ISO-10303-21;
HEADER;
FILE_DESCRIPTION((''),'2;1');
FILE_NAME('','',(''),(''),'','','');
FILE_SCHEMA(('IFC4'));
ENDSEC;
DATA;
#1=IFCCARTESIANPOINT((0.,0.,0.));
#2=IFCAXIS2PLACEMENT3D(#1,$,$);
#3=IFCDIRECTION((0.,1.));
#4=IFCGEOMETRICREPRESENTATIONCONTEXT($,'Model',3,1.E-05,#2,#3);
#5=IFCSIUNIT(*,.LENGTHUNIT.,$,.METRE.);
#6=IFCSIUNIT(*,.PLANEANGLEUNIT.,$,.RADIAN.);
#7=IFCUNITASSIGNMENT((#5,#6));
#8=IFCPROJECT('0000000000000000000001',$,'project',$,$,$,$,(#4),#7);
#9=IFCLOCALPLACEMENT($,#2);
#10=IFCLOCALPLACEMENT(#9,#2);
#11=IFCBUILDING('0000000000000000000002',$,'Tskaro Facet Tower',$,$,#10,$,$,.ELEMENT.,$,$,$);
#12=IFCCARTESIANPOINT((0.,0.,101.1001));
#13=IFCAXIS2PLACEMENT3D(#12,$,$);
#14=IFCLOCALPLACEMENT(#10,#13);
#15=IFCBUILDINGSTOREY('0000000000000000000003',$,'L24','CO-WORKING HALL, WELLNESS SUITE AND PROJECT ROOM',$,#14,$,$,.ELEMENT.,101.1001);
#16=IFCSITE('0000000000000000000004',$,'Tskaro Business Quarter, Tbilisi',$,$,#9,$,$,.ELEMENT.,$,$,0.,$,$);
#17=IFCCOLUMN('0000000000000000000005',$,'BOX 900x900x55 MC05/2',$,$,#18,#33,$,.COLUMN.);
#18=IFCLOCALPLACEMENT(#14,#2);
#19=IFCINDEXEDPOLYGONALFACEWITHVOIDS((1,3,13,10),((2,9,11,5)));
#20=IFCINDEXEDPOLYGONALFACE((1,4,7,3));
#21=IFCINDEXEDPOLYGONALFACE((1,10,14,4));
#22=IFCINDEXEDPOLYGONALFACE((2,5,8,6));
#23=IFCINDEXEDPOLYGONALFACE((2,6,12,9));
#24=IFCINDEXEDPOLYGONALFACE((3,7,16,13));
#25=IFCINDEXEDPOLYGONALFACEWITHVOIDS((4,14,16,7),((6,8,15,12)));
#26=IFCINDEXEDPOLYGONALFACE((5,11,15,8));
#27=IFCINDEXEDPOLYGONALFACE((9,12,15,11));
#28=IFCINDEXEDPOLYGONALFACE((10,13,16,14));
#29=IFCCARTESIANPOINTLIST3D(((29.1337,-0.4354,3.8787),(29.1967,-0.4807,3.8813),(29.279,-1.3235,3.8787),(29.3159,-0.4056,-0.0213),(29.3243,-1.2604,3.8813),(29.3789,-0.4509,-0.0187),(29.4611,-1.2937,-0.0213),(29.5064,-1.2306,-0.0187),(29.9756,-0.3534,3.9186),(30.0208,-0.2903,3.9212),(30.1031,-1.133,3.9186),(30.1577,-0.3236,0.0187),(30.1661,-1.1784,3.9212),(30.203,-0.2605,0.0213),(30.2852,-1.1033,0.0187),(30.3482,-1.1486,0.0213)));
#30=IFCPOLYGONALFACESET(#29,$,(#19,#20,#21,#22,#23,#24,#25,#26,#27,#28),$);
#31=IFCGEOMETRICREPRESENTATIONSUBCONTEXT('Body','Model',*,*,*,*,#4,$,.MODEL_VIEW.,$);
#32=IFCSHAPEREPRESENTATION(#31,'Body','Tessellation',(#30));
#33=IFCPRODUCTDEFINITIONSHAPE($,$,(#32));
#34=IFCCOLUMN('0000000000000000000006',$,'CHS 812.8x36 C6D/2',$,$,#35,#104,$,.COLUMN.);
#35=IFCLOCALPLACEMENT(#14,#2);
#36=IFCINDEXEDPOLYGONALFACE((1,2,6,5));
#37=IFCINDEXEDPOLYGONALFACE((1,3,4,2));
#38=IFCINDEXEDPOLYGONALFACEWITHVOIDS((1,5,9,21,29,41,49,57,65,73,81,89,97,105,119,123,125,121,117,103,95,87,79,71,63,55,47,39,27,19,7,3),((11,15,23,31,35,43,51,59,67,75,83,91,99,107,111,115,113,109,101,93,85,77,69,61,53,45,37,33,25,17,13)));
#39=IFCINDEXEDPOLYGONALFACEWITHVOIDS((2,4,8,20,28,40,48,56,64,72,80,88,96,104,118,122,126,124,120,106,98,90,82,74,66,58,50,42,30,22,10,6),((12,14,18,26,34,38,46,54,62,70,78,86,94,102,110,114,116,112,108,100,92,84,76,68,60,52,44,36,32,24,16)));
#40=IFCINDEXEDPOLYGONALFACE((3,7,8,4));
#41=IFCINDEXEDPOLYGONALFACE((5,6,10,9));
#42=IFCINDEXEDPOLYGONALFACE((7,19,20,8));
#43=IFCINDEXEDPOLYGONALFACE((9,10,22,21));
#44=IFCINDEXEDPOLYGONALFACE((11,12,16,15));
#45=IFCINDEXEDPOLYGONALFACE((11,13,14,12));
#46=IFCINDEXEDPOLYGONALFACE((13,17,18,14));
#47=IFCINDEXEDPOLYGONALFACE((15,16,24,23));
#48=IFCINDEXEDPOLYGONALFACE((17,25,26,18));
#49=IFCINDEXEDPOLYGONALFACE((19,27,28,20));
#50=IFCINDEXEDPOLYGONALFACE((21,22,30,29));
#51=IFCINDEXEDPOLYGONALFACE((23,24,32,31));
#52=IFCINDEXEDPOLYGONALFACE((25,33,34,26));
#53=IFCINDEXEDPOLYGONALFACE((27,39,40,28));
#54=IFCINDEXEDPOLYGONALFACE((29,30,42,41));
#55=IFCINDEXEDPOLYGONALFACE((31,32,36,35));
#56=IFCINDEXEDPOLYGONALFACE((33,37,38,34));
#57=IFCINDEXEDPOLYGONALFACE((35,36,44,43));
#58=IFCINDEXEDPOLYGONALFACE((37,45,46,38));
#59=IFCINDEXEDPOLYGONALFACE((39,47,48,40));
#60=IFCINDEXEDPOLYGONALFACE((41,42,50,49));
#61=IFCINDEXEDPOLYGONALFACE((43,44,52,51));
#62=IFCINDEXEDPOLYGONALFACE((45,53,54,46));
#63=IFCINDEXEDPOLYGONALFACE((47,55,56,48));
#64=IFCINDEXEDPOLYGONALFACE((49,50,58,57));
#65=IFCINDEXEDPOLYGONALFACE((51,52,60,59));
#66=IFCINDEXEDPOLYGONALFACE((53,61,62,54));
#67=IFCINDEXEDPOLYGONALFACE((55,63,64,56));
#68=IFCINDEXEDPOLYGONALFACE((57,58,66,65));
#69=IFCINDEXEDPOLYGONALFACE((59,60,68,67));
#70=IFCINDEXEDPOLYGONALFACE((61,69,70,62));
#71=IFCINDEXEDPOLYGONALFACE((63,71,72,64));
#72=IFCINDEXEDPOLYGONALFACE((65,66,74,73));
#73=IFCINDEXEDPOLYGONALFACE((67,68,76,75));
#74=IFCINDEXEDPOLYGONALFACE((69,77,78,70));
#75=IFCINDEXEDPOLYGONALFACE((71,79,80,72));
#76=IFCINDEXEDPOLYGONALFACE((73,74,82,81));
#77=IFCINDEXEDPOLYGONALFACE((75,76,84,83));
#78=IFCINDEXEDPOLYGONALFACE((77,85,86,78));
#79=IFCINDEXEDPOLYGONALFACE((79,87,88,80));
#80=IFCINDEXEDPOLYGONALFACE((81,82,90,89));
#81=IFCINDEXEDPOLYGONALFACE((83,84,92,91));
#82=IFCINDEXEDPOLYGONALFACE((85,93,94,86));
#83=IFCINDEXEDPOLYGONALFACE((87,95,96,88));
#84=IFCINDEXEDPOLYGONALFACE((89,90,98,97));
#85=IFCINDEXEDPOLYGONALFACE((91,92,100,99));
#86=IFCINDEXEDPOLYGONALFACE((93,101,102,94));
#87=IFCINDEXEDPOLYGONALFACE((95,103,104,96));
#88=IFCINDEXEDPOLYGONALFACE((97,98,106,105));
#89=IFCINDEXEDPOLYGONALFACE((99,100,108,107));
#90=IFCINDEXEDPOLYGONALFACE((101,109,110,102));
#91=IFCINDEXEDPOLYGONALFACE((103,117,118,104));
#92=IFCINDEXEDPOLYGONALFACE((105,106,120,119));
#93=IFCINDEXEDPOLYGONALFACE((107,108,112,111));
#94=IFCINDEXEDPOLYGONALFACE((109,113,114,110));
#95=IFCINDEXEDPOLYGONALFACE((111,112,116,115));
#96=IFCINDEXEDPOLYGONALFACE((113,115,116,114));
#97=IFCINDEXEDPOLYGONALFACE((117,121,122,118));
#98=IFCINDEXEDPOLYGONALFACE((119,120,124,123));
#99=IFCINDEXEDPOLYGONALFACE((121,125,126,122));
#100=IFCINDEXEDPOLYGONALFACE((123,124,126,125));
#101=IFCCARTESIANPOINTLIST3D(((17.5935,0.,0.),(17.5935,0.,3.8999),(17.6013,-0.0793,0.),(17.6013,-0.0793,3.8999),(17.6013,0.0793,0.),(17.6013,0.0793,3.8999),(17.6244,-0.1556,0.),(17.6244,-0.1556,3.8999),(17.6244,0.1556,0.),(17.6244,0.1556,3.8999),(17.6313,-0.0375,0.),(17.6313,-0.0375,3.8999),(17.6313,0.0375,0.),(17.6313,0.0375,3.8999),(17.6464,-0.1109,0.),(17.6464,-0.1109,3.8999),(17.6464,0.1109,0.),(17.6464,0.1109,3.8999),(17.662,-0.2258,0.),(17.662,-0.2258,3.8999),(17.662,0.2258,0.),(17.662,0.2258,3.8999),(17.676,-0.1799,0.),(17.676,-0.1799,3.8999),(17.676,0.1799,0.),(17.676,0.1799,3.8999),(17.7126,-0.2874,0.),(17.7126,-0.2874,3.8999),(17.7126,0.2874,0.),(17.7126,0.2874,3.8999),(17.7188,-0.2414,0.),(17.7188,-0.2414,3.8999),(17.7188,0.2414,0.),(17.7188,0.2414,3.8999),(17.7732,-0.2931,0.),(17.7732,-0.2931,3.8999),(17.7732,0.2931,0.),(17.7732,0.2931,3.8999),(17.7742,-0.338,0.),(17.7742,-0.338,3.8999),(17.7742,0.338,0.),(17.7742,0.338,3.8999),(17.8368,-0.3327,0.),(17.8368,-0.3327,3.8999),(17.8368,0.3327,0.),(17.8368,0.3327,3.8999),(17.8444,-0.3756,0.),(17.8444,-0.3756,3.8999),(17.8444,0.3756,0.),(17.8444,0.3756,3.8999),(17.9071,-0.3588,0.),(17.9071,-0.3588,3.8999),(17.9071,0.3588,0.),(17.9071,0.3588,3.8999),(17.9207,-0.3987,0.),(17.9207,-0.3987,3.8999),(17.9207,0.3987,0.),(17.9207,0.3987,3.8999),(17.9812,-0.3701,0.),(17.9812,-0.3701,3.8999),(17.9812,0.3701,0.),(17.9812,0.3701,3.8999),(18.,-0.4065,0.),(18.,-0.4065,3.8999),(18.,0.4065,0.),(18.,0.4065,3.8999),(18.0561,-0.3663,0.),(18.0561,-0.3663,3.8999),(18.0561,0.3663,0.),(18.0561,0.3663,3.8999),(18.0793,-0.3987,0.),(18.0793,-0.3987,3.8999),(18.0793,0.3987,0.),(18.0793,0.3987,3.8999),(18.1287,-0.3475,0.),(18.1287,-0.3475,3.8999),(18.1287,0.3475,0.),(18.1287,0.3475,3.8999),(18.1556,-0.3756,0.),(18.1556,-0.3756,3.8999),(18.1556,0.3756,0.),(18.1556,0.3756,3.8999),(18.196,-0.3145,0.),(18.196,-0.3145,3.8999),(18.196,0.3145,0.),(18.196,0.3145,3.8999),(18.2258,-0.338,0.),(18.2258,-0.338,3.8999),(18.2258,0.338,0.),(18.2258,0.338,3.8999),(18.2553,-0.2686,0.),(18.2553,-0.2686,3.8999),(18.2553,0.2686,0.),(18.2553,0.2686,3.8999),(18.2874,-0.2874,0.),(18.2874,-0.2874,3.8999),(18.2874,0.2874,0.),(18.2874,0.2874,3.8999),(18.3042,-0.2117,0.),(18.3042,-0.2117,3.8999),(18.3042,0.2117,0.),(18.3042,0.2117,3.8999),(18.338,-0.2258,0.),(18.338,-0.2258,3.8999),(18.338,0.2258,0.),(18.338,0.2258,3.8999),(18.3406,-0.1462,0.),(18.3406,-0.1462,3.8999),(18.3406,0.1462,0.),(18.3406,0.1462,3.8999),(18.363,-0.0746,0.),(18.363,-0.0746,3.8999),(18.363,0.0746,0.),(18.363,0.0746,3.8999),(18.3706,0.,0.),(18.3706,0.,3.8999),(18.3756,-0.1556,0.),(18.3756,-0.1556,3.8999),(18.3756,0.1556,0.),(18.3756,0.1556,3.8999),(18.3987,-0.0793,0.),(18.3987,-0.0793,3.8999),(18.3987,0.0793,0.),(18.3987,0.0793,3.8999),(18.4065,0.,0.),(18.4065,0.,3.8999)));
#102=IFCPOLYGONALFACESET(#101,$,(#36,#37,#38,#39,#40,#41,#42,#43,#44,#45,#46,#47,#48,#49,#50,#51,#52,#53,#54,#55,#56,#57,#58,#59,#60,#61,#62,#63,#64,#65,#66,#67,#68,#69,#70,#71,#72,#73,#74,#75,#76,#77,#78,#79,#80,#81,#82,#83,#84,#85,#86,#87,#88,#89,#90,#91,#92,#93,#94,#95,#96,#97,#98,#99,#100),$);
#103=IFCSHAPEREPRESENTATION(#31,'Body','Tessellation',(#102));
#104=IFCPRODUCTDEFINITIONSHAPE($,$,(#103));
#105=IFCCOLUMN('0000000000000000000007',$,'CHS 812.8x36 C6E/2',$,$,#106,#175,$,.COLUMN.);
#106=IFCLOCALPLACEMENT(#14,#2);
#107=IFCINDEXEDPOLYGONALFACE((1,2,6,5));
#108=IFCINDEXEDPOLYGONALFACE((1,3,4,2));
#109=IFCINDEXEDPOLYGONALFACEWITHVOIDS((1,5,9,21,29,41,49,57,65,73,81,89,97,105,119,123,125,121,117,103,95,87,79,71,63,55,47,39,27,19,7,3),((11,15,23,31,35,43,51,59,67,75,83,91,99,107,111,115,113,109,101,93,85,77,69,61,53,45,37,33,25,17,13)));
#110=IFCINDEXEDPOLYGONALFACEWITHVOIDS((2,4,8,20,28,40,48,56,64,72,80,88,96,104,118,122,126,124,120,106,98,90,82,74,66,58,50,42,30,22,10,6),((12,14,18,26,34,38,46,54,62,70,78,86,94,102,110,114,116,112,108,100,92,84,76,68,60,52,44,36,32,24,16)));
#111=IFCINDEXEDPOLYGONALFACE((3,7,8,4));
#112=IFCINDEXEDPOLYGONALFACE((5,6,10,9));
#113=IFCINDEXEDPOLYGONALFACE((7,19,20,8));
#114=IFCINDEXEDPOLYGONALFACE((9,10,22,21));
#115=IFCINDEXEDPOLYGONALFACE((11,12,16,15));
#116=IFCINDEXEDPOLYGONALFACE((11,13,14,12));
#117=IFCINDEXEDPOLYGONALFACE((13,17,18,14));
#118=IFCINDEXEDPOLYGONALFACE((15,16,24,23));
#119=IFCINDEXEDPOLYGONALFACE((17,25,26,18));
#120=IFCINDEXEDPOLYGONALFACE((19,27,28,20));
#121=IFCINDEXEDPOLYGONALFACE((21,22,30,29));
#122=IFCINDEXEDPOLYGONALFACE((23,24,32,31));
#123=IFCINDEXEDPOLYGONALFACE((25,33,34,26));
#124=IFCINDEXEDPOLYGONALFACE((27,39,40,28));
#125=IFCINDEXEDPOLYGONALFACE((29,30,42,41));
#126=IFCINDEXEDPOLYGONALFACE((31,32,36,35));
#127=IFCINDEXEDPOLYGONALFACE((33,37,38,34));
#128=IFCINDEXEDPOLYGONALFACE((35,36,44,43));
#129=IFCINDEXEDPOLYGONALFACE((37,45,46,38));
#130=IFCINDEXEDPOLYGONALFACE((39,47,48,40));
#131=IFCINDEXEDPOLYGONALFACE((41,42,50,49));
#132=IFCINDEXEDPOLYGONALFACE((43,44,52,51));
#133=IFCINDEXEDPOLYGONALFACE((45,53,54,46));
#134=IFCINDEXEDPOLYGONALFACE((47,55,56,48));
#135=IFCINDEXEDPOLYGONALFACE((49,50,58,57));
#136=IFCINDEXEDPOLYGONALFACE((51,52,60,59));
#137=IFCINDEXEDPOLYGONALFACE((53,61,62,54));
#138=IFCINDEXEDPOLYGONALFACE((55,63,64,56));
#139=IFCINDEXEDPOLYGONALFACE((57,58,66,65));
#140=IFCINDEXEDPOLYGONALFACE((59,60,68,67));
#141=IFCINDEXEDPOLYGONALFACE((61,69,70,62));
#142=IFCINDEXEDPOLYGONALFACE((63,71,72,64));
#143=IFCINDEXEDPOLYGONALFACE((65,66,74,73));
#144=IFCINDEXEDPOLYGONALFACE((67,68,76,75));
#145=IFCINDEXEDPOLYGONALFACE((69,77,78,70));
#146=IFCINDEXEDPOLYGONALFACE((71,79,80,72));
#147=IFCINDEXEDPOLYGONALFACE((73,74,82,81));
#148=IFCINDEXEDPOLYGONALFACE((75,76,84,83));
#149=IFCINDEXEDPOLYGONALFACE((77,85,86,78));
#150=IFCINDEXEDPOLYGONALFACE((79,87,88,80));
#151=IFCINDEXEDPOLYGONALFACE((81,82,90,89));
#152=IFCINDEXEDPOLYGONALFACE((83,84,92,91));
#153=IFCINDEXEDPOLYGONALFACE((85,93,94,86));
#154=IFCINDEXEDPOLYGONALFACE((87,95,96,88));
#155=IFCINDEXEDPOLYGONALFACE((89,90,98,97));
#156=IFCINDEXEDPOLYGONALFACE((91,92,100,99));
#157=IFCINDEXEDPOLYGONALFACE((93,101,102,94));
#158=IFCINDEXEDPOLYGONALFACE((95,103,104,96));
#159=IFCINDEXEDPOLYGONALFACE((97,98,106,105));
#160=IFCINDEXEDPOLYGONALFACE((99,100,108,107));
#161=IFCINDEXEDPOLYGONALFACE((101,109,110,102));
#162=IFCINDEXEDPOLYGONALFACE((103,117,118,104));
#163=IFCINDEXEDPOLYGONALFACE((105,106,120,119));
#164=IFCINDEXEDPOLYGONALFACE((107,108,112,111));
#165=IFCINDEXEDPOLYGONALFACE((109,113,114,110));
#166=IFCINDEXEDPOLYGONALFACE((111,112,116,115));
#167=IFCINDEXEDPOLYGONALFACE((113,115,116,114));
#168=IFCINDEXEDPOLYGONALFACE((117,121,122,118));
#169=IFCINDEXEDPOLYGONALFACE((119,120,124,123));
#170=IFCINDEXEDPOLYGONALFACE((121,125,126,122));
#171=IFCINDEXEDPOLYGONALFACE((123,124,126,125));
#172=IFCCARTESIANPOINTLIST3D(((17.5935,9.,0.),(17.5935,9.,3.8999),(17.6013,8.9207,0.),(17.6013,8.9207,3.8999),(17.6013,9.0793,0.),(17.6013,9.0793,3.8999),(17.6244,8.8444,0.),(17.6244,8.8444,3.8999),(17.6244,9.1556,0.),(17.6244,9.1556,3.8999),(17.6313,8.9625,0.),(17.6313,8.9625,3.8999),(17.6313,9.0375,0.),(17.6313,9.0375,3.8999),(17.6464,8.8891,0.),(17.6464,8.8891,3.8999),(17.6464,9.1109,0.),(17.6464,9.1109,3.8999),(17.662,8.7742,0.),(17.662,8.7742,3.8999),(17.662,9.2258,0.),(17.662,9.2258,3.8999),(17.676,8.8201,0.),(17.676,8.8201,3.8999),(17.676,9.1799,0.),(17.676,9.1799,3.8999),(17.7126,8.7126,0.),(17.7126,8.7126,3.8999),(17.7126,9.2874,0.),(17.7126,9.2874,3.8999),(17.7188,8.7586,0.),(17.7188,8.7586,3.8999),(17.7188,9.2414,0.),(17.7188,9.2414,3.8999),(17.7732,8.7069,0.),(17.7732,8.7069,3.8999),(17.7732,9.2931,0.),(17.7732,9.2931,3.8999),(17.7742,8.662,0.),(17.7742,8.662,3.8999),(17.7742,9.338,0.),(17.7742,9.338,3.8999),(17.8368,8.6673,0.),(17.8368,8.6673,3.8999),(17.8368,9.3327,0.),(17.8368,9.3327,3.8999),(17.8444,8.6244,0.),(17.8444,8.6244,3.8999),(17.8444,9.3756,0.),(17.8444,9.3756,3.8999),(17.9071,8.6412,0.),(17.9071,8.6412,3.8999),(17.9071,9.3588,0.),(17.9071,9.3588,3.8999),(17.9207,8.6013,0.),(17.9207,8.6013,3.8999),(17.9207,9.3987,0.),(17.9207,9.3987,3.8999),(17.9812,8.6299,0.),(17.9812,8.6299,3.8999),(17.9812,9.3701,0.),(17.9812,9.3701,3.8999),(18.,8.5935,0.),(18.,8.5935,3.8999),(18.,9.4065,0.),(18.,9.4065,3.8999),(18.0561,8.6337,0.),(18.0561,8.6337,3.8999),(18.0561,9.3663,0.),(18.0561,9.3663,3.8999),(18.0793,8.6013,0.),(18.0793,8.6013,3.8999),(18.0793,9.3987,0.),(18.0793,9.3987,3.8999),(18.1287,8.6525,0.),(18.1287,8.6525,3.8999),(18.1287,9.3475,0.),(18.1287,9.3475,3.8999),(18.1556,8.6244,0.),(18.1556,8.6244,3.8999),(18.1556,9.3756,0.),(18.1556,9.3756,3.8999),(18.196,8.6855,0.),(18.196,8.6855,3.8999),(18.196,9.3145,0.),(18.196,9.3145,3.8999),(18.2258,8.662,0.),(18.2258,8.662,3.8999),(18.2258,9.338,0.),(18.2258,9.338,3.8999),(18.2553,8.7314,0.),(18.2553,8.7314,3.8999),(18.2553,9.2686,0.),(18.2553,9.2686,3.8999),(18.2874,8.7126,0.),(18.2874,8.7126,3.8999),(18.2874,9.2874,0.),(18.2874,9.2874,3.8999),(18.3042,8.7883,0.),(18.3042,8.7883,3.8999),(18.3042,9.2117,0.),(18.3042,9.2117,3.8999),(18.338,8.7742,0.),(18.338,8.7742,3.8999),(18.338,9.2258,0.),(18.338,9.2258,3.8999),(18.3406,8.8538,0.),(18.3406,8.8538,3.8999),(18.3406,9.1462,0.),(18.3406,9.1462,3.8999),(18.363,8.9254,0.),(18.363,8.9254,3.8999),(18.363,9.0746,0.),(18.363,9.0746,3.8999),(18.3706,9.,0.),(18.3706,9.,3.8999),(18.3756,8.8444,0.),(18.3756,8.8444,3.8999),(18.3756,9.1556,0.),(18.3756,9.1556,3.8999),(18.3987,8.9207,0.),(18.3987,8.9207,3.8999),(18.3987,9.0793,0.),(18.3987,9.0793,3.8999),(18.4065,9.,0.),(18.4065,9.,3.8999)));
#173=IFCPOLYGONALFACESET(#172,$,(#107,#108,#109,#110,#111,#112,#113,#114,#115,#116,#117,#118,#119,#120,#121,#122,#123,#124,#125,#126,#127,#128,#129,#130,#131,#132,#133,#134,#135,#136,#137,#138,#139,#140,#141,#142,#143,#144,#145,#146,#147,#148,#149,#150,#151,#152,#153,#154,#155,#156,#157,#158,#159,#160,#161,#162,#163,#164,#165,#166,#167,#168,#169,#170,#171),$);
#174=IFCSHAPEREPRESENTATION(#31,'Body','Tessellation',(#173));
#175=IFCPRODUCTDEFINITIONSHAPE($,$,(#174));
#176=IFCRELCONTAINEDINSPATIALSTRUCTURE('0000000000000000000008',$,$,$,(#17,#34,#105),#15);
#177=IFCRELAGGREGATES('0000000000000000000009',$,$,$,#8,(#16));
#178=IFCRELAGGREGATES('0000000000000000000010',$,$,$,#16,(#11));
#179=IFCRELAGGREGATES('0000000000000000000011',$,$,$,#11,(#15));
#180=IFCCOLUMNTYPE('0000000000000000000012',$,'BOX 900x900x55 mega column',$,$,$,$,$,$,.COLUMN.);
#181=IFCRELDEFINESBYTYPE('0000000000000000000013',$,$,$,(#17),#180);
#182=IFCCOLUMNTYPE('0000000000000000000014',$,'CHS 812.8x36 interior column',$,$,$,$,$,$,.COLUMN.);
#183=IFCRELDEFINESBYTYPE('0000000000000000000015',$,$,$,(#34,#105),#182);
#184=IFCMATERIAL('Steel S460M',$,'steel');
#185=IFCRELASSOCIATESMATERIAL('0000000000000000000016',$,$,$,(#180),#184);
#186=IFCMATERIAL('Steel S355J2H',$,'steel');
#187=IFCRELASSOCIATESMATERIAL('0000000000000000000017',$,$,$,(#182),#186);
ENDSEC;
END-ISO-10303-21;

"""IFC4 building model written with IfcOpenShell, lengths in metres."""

from ifc_helpers import new_model, si_unit, direction, frame, origin, origin_2d, place, context, subcontext, project, spatial, hollow_rectangle, hollow_circle, extrude, material, material_profile, profile_set, type_object, element, save


model = new_model("IFC4")

# Units and contexts
model_context = context("Model", 3, precision=1e-05, world=origin(), true_north=direction((0.0, 1.0)))
body_context = subcontext(model_context, "Body", "Model", "MODEL_VIEW")
ifc_project = project(units=[si_unit("LENGTHUNIT", "METRE"), si_unit("PLANEANGLEUNIT", "RADIAN")], contexts=[model_context])

# Site, building, storey
site_placement = place(None, origin())
site = spatial("IfcSite", under=ifc_project, at=site_placement, Name="Tskaro Business Quarter, Tbilisi", CompositionType="ELEMENT", RefElevation=0.0)
building_placement = place(site_placement, origin())
building = spatial("IfcBuilding", under=site, at=building_placement, Name="Tskaro Facet Tower", CompositionType="ELEMENT")
storey_placement = place(building_placement, frame((0.0, 0.0, 101.1001)))
storey = spatial("IfcBuildingStorey", under=building, at=storey_placement, Name="L24", Description="CO-WORKING HALL, WELLNESS SUITE AND PROJECT ROOM", CompositionType="ELEMENT", Elevation=101.1001)

# Columns
ifc_material_1 = material(Name="Steel S460M", Category="steel")
ifc_material_profile_1 = material_profile(ifc_material_1, hollow_rectangle(XDim=0.8999, YDim=0.8999, WallThickness=0.0549, at=origin_2d()), Name="BOX 900x900x55")
ifc_profile_set_1 = profile_set([ifc_material_profile_1], Name="Steel S460M")
column_type_1 = type_object("IfcColumnType", Name="BOX 900x900x55 mega column", PredefinedType="COLUMN", material=ifc_profile_set_1)
column_placement = place(storey_placement, frame((29.832, -0.7771, 0.0), z_axis=(-0.046649, -0.007629, 0.998882), x_axis=(0.161395, -0.98689, 0.0)))
element("IfcColumn", 1, at=column_placement, inside=storey, type_object=column_type_1, Name="BOX 900x900x55 MC05/2", PredefinedType="COLUMN", context=body_context, shape_type="SweptSolid", body=[
    extrude(hollow_rectangle(XDim=0.8999, YDim=0.8999, WallThickness=0.0549, at=origin_2d()), origin(), (0.0, 0.0, 1.0), 3.9043),
])
ifc_material_2 = material(Name="Steel S355J2H", Category="steel")
ifc_material_profile_2 = material_profile(ifc_material_2, hollow_circle(Radius=0.4065, WallThickness=0.0359, at=origin_2d()), Name="CHS 812.8x36")
ifc_profile_set_2 = profile_set([ifc_material_profile_2], Name="Steel S355J2H")
column_type_2 = type_object("IfcColumnType", Name="CHS 812.8x36 interior column", PredefinedType="COLUMN", material=ifc_profile_set_2)
for number, where, z_axis, x_axis, name in (
    (2, (18.0, 0.0, 0.0), (0.0, 0.0, 1.0), (1.0, 0.0, 0.0), "CHS 812.8x36 C6D/2"),
    (3, (18.0, 9.0, 0.0), (0.0, 0.0, 1.0), (1.0, 0.0, 0.0), "CHS 812.8x36 C6E/2"),
):
    element("IfcColumn", number, at=place(storey_placement, frame(where, z_axis=z_axis, x_axis=x_axis)), inside=storey, type_object=column_type_2, Name=name, PredefinedType="COLUMN", context=body_context, shape_type="SweptSolid", body=[
        extrude(hollow_circle(Radius=0.4065, WallThickness=0.0359, at=origin_2d()), origin(), (0.0, 0.0, 1.0), 3.8999),
    ])

save(model, "model.ifc")
